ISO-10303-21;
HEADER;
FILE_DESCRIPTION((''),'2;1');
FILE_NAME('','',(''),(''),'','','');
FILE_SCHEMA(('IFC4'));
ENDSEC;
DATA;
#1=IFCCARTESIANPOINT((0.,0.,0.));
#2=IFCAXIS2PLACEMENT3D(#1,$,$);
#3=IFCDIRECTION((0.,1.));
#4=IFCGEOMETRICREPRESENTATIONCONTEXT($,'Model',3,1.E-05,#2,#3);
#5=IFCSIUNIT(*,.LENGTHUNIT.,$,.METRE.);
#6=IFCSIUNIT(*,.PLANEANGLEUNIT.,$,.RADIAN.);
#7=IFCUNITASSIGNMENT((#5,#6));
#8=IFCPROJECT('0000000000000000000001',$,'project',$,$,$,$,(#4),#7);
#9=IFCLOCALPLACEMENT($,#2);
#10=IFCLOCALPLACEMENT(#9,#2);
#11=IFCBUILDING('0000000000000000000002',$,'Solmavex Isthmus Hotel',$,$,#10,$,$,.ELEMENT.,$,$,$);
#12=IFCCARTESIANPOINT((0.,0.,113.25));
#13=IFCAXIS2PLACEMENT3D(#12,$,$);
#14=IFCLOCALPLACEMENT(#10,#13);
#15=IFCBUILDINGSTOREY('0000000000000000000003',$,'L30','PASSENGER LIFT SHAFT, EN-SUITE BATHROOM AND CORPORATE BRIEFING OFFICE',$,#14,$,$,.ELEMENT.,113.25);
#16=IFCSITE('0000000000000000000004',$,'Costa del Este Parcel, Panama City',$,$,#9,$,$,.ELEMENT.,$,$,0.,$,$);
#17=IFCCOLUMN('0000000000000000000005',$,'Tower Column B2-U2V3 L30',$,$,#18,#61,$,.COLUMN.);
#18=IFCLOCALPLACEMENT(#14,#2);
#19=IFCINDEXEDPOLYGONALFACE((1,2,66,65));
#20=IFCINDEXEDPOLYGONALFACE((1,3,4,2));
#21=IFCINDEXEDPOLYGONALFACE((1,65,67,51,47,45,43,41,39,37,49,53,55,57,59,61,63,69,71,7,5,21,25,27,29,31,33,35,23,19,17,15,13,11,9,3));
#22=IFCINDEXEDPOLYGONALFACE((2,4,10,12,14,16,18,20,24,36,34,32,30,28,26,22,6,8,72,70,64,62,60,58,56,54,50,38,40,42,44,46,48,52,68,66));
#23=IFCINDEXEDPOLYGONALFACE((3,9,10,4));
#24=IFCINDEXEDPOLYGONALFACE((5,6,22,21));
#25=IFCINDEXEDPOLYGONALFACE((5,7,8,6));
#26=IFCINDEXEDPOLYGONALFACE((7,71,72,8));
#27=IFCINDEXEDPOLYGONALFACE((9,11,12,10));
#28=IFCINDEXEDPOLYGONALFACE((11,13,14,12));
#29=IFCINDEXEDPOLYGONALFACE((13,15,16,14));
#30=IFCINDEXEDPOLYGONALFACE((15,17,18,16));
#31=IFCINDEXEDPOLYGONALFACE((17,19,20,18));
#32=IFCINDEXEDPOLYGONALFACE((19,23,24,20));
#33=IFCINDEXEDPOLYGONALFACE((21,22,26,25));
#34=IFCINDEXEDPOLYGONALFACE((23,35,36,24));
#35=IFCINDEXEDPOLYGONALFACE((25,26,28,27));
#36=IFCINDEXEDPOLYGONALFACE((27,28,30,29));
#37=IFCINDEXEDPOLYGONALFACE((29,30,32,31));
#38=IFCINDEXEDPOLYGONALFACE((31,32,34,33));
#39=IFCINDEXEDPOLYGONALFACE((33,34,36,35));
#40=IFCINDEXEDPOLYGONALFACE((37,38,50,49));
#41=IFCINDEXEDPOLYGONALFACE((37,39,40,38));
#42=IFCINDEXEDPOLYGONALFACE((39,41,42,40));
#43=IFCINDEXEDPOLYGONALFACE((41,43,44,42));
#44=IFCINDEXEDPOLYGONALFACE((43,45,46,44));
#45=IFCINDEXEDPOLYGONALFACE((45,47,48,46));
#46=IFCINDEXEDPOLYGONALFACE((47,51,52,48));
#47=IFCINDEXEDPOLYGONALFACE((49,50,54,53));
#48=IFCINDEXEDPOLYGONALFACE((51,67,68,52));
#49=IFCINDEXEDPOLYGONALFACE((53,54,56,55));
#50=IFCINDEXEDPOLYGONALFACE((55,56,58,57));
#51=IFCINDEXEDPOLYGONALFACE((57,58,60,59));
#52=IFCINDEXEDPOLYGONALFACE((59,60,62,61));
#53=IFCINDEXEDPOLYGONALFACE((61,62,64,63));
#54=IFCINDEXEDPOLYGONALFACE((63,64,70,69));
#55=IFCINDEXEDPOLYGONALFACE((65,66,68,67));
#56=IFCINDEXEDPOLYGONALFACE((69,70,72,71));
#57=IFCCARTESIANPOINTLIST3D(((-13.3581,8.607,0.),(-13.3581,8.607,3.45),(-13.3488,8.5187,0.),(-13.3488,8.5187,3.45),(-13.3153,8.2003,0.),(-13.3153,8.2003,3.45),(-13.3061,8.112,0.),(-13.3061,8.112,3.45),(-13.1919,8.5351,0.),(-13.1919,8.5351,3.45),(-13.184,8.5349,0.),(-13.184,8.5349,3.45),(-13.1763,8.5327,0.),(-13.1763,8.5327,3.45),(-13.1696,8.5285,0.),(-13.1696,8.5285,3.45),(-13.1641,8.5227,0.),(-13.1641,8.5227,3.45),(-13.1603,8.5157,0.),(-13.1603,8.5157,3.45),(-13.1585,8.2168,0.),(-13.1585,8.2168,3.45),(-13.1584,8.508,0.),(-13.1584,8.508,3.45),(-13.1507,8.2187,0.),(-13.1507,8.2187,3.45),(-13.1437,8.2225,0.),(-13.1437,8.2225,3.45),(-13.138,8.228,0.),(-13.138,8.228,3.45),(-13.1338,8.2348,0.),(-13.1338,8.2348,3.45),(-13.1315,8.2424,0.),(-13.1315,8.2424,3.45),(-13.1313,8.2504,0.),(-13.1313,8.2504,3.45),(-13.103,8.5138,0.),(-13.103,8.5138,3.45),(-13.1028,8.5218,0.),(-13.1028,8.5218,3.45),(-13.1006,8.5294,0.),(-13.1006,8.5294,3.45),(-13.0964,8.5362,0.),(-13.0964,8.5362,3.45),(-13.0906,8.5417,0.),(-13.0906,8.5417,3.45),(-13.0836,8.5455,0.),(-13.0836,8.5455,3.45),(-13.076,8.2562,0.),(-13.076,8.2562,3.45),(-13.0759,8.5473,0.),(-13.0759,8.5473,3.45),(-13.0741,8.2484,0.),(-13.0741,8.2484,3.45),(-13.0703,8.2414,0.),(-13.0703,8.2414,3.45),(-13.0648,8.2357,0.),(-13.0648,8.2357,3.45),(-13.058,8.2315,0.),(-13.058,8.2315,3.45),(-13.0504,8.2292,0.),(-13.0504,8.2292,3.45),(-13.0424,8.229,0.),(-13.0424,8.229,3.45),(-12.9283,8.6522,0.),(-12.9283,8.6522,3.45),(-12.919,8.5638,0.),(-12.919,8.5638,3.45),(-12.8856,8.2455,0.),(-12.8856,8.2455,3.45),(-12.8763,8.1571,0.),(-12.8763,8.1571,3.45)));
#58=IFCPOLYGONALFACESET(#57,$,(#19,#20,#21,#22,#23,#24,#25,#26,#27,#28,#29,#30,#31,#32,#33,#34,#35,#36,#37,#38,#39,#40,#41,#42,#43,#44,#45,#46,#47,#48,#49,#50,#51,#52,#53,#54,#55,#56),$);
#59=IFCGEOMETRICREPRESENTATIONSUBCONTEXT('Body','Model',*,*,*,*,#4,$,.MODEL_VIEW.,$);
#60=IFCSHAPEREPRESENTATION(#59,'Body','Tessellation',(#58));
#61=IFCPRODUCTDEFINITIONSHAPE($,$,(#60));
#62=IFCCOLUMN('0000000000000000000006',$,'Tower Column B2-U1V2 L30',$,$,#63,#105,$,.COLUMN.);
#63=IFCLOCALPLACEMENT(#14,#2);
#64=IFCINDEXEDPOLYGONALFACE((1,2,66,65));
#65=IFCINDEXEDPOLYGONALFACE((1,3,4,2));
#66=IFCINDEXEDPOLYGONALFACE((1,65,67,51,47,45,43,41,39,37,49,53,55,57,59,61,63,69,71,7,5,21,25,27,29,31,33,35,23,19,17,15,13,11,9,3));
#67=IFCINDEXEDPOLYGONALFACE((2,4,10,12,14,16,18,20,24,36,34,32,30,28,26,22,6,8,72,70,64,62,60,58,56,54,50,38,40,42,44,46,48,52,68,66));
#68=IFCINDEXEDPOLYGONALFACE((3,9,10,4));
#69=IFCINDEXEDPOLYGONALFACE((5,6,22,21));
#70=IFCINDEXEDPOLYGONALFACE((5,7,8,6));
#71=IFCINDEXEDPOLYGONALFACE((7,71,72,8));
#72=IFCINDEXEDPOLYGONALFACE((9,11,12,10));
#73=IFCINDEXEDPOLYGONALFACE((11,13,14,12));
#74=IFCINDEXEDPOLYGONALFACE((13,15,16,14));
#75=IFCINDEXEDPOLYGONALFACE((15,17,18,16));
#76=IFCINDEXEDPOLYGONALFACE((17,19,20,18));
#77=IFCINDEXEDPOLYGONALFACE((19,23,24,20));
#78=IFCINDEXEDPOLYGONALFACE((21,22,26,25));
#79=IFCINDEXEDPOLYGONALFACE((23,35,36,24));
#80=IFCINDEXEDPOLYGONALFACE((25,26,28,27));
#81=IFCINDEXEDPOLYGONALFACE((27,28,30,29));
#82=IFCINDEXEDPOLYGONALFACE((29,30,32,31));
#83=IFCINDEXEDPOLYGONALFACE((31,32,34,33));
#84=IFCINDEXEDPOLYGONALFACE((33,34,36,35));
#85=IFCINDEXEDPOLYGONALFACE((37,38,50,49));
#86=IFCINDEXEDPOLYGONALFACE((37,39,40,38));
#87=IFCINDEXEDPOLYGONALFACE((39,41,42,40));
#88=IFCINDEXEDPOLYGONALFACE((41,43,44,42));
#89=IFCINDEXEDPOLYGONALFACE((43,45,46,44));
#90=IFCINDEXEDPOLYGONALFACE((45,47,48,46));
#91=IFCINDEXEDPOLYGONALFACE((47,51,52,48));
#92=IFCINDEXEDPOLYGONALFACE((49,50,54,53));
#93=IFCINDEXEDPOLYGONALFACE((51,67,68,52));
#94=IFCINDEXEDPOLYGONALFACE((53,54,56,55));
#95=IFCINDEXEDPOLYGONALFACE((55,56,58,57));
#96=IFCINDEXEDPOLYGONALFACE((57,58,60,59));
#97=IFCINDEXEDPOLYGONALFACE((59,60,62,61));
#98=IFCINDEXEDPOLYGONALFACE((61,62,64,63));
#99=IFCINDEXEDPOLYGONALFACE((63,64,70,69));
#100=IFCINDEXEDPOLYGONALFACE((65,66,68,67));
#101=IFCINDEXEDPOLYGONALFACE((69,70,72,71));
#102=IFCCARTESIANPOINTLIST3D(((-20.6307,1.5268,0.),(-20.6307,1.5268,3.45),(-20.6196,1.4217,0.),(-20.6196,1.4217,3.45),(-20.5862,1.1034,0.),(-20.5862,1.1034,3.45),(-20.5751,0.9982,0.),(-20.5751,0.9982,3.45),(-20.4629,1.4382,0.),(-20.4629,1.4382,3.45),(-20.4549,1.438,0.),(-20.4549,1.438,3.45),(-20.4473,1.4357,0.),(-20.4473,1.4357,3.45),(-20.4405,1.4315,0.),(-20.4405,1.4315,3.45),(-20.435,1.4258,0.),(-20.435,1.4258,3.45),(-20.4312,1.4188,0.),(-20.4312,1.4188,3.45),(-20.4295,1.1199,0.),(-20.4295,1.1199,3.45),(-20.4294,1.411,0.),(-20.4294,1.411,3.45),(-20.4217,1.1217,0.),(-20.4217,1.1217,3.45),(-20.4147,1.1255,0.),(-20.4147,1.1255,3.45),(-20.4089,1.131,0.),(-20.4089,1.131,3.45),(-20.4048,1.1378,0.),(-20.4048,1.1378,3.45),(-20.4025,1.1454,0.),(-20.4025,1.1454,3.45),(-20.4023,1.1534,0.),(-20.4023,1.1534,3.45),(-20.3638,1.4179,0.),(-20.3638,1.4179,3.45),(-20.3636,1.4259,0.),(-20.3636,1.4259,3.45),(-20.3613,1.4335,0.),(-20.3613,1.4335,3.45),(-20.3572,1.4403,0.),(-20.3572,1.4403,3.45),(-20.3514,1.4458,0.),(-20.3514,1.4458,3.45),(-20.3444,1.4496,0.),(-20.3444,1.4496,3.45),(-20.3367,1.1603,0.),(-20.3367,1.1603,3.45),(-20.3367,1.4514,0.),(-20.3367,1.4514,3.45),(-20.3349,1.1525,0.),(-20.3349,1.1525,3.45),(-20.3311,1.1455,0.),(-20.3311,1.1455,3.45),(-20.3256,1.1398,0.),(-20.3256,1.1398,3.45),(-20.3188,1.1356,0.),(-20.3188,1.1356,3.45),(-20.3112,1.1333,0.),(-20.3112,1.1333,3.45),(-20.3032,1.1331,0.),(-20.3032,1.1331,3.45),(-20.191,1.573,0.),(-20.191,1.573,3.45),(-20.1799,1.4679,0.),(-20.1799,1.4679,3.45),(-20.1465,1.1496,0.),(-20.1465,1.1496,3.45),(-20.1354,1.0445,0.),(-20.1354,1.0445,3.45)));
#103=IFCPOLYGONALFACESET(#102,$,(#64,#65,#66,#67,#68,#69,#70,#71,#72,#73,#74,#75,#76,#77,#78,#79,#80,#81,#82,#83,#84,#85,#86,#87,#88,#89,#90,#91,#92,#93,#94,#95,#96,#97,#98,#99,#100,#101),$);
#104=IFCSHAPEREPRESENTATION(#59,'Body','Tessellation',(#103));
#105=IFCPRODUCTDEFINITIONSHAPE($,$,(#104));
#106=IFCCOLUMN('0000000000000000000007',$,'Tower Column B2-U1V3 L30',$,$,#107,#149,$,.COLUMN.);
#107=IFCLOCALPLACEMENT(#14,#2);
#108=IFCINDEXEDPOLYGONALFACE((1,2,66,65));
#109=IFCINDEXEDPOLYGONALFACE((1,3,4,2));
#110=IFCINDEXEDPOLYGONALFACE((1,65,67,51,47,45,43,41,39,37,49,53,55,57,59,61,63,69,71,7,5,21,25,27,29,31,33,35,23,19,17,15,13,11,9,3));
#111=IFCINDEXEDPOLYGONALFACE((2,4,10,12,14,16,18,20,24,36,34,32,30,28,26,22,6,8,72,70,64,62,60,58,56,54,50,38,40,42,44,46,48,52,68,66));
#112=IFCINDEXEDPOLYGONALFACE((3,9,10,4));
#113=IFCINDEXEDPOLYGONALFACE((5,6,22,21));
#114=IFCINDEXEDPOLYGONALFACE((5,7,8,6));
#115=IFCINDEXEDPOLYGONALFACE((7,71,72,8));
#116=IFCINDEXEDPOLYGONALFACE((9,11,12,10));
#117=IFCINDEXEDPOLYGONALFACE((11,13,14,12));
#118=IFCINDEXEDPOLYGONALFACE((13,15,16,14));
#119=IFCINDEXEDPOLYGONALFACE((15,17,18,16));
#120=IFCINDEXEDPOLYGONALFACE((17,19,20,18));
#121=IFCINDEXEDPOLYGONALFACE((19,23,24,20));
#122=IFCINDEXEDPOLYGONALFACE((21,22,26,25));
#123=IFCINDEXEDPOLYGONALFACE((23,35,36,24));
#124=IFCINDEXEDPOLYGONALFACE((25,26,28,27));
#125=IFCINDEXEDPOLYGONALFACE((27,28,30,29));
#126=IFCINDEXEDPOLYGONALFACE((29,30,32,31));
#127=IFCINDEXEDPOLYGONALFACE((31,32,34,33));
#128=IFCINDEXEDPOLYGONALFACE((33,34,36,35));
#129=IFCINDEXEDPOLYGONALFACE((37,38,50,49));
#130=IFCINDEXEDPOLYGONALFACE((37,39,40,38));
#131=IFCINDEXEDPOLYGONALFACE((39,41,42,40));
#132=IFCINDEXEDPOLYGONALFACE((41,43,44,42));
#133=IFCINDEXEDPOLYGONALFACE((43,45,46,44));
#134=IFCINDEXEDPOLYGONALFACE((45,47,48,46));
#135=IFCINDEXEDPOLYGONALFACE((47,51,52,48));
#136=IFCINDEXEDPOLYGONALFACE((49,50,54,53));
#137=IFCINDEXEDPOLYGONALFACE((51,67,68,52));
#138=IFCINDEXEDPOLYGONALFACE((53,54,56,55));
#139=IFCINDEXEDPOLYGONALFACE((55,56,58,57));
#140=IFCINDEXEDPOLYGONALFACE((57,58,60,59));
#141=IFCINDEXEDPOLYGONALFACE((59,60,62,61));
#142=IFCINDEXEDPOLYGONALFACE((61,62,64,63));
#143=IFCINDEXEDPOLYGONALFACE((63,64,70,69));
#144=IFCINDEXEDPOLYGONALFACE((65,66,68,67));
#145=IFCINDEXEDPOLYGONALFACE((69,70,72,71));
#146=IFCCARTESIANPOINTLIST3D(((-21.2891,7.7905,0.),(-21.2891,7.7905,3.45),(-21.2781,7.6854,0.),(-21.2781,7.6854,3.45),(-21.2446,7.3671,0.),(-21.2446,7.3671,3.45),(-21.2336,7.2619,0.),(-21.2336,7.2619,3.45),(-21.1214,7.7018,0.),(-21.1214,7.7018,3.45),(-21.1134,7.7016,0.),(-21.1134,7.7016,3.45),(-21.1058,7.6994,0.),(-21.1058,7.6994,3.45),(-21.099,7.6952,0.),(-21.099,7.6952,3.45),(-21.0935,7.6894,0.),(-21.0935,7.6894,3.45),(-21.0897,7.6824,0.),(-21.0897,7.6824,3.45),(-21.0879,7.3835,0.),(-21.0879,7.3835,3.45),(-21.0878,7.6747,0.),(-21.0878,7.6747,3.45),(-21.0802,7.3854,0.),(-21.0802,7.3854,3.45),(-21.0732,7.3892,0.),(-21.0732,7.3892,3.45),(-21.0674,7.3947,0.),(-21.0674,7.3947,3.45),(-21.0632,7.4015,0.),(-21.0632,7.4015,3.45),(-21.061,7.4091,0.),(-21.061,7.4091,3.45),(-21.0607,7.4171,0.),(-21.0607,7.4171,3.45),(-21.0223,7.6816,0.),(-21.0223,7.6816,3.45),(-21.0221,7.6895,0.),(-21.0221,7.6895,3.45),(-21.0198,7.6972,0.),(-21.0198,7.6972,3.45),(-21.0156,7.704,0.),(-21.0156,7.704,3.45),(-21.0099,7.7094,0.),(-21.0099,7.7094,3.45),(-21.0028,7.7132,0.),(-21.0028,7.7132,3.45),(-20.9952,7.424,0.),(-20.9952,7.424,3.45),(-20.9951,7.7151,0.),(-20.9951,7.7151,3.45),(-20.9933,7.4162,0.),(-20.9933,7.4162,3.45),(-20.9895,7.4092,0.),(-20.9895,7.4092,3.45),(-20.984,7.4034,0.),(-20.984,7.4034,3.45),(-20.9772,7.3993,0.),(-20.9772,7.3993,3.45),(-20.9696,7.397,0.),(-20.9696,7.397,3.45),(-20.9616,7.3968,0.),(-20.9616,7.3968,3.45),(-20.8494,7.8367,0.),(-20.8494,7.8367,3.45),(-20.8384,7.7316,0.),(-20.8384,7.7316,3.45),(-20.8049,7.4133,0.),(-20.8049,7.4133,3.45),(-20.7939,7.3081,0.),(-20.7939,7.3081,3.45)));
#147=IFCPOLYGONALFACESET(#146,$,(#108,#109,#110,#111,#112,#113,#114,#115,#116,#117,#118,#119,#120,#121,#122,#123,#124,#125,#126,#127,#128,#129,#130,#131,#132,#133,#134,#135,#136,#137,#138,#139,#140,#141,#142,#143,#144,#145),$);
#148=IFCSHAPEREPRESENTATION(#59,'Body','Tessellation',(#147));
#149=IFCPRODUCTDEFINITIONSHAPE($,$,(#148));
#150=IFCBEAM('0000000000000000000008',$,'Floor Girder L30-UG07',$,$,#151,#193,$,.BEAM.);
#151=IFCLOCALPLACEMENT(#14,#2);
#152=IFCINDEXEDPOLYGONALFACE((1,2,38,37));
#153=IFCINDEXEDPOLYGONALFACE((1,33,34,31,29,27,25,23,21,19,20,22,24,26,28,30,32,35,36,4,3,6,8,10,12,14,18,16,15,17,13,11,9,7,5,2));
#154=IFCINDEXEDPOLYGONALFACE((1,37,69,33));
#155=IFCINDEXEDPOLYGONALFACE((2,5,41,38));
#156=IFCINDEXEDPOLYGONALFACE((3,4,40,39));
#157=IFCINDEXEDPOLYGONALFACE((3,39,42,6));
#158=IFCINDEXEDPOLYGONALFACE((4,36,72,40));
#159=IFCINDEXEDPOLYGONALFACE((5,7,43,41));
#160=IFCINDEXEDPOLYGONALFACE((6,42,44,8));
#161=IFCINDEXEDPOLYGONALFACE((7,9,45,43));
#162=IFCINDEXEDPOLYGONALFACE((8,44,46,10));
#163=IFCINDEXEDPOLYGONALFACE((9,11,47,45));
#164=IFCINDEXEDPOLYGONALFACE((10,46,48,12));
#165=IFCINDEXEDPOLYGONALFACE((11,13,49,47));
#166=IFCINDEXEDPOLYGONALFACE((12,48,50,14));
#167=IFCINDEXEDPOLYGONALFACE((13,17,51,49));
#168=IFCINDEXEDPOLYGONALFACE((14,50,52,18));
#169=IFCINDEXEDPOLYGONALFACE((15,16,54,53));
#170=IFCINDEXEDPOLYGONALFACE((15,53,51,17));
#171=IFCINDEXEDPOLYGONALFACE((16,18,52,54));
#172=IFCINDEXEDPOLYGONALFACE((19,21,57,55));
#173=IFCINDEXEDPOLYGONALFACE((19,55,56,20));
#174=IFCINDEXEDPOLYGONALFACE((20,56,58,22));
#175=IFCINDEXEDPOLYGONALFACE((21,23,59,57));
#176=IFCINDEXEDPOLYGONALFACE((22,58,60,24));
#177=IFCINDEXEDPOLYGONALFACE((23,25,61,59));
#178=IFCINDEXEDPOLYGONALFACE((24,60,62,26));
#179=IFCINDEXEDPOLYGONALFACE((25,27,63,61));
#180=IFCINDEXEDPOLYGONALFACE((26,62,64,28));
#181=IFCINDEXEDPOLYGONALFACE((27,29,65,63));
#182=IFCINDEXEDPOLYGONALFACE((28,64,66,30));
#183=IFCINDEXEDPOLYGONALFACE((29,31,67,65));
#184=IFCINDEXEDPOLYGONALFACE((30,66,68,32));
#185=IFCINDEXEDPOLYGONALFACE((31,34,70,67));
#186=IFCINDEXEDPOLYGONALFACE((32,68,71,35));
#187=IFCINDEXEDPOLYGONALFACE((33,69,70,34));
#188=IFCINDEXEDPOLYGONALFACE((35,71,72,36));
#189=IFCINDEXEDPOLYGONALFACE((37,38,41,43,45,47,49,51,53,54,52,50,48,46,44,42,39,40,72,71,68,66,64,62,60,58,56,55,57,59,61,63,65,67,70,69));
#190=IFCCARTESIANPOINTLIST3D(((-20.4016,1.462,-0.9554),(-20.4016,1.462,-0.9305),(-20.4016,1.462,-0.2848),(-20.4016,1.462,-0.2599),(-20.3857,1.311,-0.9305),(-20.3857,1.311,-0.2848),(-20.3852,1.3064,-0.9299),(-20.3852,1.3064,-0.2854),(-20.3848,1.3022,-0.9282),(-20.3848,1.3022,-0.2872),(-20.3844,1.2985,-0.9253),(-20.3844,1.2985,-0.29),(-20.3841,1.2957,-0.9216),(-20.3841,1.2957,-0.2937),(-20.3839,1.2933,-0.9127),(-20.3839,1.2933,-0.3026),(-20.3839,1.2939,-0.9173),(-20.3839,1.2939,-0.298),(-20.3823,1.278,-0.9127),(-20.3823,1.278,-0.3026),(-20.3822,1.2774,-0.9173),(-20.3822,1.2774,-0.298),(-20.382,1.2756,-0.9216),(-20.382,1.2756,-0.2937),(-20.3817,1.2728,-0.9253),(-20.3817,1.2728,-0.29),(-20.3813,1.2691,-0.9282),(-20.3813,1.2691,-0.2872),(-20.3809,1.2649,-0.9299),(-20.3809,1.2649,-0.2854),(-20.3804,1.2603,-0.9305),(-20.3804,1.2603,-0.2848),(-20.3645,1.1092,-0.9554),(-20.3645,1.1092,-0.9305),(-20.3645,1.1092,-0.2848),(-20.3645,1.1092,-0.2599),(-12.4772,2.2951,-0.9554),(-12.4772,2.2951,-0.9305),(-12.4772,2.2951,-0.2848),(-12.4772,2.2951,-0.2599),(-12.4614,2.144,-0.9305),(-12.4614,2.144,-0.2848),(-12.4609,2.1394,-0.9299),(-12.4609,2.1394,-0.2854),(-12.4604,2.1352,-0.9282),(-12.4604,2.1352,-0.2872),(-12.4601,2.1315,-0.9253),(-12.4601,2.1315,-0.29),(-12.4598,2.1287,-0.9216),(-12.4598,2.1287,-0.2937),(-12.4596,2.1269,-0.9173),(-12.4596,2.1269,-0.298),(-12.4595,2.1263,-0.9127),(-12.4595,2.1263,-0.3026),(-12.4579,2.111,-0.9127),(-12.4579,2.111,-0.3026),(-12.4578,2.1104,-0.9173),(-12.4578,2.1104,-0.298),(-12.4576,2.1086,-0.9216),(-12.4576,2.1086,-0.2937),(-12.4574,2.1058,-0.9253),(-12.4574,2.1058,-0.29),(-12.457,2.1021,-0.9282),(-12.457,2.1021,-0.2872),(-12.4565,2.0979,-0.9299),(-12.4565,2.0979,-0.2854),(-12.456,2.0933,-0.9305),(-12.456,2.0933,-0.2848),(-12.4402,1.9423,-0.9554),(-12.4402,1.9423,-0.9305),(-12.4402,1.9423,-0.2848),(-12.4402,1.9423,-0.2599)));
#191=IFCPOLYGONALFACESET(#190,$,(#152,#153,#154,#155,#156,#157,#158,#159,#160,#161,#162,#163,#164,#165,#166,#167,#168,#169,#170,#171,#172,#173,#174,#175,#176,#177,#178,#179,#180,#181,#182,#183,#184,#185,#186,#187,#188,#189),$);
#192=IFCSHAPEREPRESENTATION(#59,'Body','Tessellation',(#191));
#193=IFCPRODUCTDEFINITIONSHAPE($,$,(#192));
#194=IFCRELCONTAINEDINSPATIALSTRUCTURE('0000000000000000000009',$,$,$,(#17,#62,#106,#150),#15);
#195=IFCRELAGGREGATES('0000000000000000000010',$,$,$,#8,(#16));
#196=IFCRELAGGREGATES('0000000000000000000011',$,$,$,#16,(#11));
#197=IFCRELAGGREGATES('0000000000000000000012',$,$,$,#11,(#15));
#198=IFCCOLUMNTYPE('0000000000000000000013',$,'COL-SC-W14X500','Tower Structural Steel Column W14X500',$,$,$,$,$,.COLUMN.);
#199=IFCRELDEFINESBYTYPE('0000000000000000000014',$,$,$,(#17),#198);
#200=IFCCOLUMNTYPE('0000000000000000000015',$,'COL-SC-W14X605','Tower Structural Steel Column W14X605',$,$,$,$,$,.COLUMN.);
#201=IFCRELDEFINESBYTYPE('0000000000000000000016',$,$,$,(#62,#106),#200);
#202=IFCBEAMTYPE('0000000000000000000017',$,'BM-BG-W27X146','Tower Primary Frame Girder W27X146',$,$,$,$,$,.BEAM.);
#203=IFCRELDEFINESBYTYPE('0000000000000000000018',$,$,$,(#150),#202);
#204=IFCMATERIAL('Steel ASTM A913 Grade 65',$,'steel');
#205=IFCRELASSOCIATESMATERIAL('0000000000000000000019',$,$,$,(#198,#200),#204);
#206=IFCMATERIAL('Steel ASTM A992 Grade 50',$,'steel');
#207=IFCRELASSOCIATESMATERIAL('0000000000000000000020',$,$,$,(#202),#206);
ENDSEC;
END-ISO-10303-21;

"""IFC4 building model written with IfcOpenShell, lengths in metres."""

from ifc_helpers import new_model, si_unit, direction, frame, origin, origin_2d, place, context, subcontext, project, spatial, i_section, extrude, material, material_profile, profile_set, type_object, element, save


model = new_model("IFC4")

# Units and contexts
model_context = context("Model", 3, precision=1e-05, world=origin(), true_north=direction((0.0, 1.0)))
body_context = subcontext(model_context, "Body", "Model", "MODEL_VIEW")
ifc_project = project(units=[si_unit("LENGTHUNIT", "METRE"), si_unit("PLANEANGLEUNIT", "RADIAN")], contexts=[model_context])

# Site, building, storey
site_placement = place(None, origin())
site = spatial("IfcSite", under=ifc_project, at=site_placement, Name="Costa del Este Parcel, Panama City", CompositionType="ELEMENT", RefElevation=0.0)
building_placement = place(site_placement, origin())
building = spatial("IfcBuilding", under=site, at=building_placement, Name="Solmavex Isthmus Hotel", CompositionType="ELEMENT")
storey_placement = place(building_placement, frame((0.0, 0.0, 113.25)))
storey = spatial("IfcBuildingStorey", under=building, at=storey_placement, Name="L30", Description="PASSENGER LIFT SHAFT, EN-SUITE BATHROOM AND CORPORATE BRIEFING OFFICE", CompositionType="ELEMENT", Elevation=113.25)

# Columns
ifc_material_1 = material(Name="Steel ASTM A913 Grade 65", Category="steel")
ifc_material_profile_1 = material_profile(ifc_material_1, i_section(OverallWidth=0.4321, OverallDepth=0.4978, WebThickness=0.0557, FlangeThickness=0.0889, FilletRadius=0.0305, at=origin_2d()), Name="W14X500")
ifc_profile_set_1 = profile_set([ifc_material_profile_1], Name="Steel ASTM A913 Grade 65")
column_type_1 = type_object("IfcColumnType", Name="COL-SC-W14X500", Description="Tower Structural Steel Column W14X500", PredefinedType="COLUMN", material=ifc_profile_set_1)
column_placement = place(storey_placement, frame((-13.1172, 8.3821, 0.0), z_axis=(0.0, 0.0, 1.0), x_axis=(0.994522, 0.104528, 0.0)))
element("IfcColumn", 1, at=column_placement, inside=storey, type_object=column_type_1, Name="Tower Column B2-U2V3 L30", PredefinedType="COLUMN", context=body_context, shape_type="SweptSolid", body=[
    extrude(i_section(OverallWidth=0.4321, OverallDepth=0.4978, WebThickness=0.0557, FlangeThickness=0.0889, FilletRadius=0.0305, at=origin_2d()), origin(), (0.0, 0.0, 1.0), 3.45),
])
ifc_material_profile_2 = material_profile(ifc_material_1, i_section(OverallWidth=0.4421, OverallDepth=0.5315, WebThickness=0.0659, FlangeThickness=0.1057, FilletRadius=0.0305, at=origin_2d()), Name="W14X605")
ifc_profile_set_2 = profile_set([ifc_material_profile_2], Name="Steel ASTM A913 Grade 65")
column_type_2 = type_object("IfcColumnType", Name="COL-SC-W14X605", Description="Tower Structural Steel Column W14X605", PredefinedType="COLUMN", material=ifc_profile_set_2)
for number, where, z_axis, x_axis, name in (
    (2, (-20.3831, 1.2856, 0.0), (0.0, 0.0, 1.0), (0.994522, 0.104528, 0.0), "Tower Column B2-U1V2 L30"),
    (3, (-21.0415, 7.5493, 0.0), (0.0, 0.0, 1.0), (0.994522, 0.104528, 0.0), "Tower Column B2-U1V3 L30"),
):
    element("IfcColumn", number, at=place(storey_placement, frame(where, z_axis=z_axis, x_axis=x_axis)), inside=storey, type_object=column_type_2, Name=name, PredefinedType="COLUMN", context=body_context, shape_type="SweptSolid", body=[
        extrude(i_section(OverallWidth=0.4421, OverallDepth=0.5315, WebThickness=0.0659, FlangeThickness=0.1057, FilletRadius=0.0305, at=origin_2d()), origin(), (0.0, 0.0, 1.0), 3.45),
    ])

# Beam
ifc_material_2 = material(Name="Steel ASTM A992 Grade 50", Category="steel")
ifc_material_profile_3 = material_profile(ifc_material_2, i_section(OverallWidth=0.3547, OverallDepth=0.6956, WebThickness=0.0154, FlangeThickness=0.0249, FilletRadius=0.0178, at=origin_2d()), Name="W27X146")
ifc_profile_set_3 = profile_set([ifc_material_profile_3], Name="Steel ASTM A992 Grade 50")
beam_type_1 = type_object("IfcBeamType", Name="BM-BG-W27X146", Description="Tower Primary Frame Girder W27X146", PredefinedType="BEAM", material=ifc_profile_set_3)
for number, where, z_axis, x_axis, name in (
    (4, (-20.3831, 1.2856, -0.6077), (0.99452, 0.104544, 0.0), (-0.104544, 0.99452, 0.0), "Floor Girder L30-UG07"),
):
    element("IfcBeam", number, at=place(storey_placement, frame(where, z_axis=z_axis, x_axis=x_axis)), inside=storey, type_object=beam_type_1, Name=name, PredefinedType="BEAM", context=body_context, shape_type="SweptSolid", body=[
        extrude(i_section(OverallWidth=0.3547, OverallDepth=0.6956, WebThickness=0.0154, FlangeThickness=0.0249, FilletRadius=0.0178, at=origin_2d()), origin(), (0.0, 0.0, 1.0), 7.968),
    ])

save(model, "model.ifc")
